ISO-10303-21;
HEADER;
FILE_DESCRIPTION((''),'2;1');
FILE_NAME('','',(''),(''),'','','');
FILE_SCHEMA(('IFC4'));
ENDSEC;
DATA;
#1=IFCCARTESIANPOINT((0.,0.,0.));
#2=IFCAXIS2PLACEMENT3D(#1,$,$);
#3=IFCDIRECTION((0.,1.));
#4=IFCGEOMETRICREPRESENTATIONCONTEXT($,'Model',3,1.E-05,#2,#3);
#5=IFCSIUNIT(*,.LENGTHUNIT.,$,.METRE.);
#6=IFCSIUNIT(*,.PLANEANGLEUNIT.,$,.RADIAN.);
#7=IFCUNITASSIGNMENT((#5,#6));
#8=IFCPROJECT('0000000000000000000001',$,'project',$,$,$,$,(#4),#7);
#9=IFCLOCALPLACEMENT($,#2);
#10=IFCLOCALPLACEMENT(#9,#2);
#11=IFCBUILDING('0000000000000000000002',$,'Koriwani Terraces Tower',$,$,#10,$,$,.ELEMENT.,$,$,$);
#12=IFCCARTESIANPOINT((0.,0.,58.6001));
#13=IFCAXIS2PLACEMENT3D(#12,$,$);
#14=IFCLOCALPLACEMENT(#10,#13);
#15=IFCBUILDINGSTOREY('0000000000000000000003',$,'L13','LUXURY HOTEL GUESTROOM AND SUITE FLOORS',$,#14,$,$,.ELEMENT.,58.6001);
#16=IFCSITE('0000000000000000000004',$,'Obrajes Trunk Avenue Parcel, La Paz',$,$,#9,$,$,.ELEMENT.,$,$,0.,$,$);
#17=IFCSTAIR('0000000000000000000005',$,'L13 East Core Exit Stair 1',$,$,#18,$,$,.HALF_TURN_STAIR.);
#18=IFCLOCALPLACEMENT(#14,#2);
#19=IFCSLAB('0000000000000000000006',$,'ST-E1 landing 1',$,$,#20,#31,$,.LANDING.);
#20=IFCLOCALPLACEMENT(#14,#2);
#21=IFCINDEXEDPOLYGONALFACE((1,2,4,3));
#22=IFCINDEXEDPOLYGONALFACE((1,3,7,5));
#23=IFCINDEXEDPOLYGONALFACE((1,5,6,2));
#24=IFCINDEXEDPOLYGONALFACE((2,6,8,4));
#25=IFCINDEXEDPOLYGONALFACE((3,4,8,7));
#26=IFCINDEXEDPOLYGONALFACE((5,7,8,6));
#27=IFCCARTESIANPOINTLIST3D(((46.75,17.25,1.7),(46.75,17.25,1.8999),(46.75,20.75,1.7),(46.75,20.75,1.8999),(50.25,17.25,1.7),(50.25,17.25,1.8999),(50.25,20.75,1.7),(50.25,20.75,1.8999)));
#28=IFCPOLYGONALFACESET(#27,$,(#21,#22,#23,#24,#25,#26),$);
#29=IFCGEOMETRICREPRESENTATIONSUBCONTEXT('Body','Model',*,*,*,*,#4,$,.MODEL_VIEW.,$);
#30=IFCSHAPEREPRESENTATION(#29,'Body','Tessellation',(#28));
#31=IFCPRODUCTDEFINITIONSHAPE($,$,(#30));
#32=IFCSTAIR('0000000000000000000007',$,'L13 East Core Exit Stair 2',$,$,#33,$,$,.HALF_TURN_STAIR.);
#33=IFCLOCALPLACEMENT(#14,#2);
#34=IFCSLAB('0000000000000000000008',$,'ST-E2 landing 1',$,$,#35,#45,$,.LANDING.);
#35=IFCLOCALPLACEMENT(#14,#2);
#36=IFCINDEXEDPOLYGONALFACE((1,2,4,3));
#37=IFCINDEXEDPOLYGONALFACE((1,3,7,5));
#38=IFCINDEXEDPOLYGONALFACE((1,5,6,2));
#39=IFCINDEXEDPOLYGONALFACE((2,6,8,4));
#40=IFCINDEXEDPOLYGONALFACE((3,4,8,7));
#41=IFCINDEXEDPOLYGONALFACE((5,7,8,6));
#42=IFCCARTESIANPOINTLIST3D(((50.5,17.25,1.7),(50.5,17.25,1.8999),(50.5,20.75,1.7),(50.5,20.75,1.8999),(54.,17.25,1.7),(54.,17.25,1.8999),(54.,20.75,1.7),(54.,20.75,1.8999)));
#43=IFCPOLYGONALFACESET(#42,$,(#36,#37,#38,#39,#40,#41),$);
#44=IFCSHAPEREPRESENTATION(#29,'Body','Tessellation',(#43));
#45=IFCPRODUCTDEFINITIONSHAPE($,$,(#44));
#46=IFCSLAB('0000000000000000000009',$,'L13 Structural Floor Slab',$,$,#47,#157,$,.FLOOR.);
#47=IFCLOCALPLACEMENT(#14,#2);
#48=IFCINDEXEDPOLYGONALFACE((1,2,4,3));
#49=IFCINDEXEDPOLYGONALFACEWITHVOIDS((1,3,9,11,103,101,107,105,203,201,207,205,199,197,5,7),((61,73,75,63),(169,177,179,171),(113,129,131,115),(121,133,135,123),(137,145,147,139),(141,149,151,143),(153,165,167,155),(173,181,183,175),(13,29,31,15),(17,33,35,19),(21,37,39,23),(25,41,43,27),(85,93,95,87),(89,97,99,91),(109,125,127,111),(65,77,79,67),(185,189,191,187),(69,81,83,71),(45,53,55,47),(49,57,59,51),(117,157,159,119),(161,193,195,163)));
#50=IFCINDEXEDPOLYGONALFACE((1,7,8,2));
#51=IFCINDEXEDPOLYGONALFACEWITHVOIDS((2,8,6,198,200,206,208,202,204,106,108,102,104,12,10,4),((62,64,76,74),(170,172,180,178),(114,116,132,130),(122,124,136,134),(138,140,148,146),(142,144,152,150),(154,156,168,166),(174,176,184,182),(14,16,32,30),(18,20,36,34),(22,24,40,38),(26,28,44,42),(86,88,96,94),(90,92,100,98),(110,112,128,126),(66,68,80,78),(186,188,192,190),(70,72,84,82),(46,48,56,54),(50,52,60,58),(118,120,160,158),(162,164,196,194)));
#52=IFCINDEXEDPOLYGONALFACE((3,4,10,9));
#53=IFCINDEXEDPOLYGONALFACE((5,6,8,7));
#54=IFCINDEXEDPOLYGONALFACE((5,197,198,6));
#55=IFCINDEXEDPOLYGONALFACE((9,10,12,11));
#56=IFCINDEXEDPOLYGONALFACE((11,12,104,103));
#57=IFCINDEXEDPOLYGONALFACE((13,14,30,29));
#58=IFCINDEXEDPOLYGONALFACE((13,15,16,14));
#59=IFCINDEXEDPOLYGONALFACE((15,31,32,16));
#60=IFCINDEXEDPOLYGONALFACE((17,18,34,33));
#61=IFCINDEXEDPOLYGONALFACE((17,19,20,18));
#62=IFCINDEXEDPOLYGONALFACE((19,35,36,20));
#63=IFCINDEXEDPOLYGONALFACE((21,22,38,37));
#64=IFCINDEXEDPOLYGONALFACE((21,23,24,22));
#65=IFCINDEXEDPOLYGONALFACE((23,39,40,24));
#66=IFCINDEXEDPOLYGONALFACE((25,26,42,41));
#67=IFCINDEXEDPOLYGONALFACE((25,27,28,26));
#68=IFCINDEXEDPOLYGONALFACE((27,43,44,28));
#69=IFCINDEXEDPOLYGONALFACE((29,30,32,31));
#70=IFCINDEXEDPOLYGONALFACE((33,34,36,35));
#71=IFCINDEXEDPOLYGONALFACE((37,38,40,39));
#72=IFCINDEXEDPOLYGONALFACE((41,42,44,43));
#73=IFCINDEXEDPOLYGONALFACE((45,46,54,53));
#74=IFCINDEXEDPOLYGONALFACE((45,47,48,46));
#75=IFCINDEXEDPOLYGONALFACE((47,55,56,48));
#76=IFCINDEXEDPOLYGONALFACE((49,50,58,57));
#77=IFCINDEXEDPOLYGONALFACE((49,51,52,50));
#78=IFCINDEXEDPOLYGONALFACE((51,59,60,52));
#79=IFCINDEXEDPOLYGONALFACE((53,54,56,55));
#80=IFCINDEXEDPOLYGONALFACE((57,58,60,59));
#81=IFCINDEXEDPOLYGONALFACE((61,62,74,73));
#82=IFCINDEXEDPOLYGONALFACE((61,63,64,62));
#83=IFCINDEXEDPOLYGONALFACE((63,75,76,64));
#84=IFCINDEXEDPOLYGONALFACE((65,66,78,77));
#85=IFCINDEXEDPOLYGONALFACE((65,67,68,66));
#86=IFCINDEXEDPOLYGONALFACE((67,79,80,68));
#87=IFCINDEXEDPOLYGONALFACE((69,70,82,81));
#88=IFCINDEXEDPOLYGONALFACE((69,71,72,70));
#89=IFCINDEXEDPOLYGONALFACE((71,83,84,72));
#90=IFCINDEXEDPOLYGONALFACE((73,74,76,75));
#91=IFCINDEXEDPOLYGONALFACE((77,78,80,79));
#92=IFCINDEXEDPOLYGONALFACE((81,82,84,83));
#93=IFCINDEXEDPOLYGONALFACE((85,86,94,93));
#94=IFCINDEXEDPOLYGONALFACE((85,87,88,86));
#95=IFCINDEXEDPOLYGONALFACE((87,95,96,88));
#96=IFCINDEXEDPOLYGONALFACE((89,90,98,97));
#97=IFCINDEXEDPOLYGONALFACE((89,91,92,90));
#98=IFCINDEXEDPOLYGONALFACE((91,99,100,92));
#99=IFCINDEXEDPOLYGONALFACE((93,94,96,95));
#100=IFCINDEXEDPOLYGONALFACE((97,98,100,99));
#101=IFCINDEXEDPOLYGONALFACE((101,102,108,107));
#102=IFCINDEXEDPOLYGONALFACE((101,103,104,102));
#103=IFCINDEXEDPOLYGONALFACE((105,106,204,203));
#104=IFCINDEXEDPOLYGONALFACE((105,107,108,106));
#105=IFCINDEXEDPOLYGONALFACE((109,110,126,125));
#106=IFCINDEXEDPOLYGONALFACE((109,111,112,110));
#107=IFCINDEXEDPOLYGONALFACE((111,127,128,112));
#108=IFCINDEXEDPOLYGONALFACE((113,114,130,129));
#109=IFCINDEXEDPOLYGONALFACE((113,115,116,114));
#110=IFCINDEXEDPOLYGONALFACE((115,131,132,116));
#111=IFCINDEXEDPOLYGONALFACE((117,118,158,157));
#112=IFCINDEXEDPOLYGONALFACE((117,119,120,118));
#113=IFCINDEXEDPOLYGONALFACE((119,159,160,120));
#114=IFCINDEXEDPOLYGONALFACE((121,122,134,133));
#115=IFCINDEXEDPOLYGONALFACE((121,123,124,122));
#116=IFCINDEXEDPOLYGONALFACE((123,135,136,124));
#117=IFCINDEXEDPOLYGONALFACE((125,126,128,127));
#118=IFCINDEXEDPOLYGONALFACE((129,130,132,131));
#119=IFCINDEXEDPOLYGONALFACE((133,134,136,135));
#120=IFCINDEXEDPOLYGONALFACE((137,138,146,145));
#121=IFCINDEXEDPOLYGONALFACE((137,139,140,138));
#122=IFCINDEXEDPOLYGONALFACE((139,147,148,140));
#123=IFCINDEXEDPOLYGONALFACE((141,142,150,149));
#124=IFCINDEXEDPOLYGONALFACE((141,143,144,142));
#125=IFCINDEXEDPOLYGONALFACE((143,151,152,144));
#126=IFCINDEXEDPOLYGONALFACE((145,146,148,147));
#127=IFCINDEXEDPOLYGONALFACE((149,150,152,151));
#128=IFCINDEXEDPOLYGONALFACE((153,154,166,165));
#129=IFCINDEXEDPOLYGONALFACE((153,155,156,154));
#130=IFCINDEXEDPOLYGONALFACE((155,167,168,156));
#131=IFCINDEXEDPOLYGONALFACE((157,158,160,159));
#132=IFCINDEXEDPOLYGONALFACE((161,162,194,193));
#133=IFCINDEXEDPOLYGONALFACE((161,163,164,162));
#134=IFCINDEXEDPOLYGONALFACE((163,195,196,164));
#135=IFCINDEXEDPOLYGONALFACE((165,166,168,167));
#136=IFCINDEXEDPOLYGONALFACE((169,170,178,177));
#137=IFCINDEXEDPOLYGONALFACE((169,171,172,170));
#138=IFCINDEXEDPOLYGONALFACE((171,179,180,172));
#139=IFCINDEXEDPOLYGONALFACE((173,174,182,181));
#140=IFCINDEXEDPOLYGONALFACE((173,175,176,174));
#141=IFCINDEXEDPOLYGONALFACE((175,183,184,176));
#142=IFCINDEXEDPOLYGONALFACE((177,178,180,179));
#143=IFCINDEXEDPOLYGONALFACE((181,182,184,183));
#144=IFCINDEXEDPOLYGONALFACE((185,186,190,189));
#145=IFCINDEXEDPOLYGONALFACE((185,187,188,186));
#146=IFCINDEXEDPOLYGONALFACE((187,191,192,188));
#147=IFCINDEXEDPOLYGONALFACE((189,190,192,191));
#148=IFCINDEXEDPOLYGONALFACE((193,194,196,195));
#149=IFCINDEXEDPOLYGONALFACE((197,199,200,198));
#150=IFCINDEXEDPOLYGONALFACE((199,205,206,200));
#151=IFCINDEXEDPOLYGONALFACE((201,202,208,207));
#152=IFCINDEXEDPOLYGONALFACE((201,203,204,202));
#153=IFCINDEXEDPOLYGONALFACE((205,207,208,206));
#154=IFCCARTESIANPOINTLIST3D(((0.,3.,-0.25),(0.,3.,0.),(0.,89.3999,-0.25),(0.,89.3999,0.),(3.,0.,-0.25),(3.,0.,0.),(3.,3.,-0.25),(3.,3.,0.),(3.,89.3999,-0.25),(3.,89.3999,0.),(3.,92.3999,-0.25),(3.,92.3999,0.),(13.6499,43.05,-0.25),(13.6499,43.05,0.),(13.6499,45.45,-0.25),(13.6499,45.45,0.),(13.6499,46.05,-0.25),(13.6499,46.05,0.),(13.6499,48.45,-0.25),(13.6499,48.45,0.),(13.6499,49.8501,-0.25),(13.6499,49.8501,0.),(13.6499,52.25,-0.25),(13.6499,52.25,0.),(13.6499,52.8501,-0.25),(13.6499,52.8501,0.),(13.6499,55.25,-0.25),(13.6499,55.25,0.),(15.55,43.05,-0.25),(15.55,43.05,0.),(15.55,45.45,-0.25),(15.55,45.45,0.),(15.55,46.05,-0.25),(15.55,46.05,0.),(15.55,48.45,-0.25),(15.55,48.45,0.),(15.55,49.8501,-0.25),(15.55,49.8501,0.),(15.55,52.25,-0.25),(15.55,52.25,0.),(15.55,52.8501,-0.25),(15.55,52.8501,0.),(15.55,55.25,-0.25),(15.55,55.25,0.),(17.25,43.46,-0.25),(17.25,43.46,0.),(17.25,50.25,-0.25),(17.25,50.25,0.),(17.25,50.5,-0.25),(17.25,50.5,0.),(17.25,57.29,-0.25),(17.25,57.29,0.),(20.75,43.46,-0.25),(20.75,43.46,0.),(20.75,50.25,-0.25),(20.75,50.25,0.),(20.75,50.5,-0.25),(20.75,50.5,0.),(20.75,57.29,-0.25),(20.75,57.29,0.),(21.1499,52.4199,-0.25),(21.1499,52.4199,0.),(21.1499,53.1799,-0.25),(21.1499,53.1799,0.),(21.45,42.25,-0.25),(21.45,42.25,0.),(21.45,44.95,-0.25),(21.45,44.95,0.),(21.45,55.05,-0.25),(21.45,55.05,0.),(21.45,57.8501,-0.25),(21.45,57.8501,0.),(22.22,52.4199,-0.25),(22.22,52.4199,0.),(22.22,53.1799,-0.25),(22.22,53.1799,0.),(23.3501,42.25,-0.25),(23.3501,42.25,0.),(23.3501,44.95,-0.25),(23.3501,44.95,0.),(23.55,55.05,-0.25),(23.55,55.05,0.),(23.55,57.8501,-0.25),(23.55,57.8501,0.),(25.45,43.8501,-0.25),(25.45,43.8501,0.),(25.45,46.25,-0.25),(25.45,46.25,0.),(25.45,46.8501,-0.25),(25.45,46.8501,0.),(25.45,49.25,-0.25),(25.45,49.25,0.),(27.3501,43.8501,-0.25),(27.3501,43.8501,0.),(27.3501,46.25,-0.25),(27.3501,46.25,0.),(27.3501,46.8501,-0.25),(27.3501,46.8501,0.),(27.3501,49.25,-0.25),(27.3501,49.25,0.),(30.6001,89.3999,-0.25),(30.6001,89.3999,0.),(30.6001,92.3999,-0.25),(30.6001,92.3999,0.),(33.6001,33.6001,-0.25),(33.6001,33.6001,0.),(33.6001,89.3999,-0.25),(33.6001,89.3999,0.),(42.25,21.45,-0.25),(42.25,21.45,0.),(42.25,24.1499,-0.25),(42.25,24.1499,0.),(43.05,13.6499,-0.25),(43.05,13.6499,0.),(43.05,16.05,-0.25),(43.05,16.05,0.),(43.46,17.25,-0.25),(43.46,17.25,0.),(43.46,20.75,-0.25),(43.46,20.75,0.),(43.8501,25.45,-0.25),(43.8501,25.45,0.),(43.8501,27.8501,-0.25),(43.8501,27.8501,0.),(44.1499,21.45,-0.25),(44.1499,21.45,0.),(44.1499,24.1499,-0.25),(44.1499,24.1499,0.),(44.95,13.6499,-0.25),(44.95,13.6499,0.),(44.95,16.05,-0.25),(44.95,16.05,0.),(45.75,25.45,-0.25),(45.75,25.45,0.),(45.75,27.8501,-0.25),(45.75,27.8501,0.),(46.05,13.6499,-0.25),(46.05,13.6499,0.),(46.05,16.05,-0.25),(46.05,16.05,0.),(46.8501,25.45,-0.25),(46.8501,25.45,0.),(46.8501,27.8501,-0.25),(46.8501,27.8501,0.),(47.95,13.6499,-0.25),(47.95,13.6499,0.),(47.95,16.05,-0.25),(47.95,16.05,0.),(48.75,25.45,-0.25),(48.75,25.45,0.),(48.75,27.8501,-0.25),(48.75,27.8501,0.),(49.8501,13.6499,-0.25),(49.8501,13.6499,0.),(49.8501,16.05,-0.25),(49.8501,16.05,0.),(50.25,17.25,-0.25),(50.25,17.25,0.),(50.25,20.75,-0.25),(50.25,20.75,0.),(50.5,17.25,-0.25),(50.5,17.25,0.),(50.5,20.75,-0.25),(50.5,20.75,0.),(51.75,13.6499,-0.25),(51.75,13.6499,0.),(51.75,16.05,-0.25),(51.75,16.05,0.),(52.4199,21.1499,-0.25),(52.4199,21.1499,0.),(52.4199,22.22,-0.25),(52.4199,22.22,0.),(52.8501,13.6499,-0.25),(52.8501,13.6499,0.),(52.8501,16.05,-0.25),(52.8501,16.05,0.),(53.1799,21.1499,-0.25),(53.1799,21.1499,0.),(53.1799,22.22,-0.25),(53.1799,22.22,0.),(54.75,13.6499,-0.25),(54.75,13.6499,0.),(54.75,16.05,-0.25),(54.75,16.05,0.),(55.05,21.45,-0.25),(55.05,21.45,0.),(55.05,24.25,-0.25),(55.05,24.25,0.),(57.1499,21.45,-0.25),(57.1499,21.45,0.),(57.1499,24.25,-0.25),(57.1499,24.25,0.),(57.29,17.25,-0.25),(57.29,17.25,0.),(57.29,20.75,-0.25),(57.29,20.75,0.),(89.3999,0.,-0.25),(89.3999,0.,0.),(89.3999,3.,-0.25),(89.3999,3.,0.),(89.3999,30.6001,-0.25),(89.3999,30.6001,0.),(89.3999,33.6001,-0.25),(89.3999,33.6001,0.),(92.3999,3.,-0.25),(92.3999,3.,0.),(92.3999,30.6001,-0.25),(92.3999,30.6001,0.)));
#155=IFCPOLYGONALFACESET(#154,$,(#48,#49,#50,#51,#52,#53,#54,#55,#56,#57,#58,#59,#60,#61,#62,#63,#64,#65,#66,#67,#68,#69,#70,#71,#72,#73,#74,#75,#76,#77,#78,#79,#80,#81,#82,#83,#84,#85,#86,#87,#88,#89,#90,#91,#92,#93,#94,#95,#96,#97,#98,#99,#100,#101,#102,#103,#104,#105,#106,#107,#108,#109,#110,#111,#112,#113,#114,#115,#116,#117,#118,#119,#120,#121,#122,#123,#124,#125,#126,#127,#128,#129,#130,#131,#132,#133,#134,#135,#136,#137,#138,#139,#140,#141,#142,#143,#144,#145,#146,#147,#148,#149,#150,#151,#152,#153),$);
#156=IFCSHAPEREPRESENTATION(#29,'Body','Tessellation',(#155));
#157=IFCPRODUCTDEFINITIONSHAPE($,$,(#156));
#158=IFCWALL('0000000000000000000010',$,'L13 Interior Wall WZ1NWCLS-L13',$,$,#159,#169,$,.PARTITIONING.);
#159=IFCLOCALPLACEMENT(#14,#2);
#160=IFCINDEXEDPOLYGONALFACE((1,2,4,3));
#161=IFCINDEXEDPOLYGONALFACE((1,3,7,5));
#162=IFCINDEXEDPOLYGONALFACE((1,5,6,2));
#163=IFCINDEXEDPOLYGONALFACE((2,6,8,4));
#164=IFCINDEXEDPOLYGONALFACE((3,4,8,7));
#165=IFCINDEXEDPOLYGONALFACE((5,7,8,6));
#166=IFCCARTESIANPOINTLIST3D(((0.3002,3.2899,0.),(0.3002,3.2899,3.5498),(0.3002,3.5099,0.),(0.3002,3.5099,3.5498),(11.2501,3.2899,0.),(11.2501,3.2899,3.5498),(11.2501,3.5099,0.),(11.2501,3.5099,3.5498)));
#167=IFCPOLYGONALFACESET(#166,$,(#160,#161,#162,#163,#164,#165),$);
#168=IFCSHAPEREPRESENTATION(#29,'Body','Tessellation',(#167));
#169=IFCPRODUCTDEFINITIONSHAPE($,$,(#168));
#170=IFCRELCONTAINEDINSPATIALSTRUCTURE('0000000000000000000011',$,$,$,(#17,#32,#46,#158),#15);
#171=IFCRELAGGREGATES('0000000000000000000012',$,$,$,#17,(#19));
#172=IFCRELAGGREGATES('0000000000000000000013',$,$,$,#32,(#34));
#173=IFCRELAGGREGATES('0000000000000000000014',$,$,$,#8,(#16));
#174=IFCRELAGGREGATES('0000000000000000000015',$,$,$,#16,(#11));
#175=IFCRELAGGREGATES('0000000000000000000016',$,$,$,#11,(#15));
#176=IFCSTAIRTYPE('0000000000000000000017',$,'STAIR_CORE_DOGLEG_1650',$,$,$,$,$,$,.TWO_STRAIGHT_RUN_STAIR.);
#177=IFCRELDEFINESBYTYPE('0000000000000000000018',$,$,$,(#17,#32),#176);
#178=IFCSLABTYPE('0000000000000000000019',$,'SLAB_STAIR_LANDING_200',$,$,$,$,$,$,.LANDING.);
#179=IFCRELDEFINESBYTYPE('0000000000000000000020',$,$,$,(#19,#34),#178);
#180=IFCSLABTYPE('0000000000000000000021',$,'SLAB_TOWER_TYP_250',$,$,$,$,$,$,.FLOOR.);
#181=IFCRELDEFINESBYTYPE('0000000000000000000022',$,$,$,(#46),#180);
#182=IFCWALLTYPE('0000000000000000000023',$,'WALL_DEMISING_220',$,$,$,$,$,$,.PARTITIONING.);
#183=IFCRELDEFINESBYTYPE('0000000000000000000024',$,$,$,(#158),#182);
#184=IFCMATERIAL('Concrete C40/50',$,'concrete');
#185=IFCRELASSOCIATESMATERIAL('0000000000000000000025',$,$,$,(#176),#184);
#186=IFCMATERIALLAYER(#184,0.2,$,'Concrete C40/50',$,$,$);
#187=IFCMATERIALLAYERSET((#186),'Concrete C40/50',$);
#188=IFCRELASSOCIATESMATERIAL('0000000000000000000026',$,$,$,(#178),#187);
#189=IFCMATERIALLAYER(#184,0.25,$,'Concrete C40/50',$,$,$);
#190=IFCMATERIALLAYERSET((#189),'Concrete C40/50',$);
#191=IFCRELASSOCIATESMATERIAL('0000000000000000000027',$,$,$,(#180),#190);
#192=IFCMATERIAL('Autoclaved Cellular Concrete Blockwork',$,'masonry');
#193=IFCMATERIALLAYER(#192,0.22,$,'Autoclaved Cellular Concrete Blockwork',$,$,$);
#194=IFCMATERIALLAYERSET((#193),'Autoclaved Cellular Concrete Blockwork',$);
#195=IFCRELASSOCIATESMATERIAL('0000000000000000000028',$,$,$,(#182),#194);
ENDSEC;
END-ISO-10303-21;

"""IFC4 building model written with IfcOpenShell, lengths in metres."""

from ifc_helpers import new_model, si_unit, direction, frame, frame_2d, origin, place, context, subcontext, project, spatial, polyline, rectangle, outline, extrude, material, layer, layer_set, type_object, element, aggregate, save


model = new_model("IFC4")

# Units and contexts
model_context = context("Model", 3, precision=1e-05, world=origin(), true_north=direction((0.0, 1.0)))
body_context = subcontext(model_context, "Body", "Model", "MODEL_VIEW")
ifc_project = project(units=[si_unit("LENGTHUNIT", "METRE"), si_unit("PLANEANGLEUNIT", "RADIAN")], contexts=[model_context])

# Site, building, storey
site_placement = place(None, origin())
site = spatial("IfcSite", under=ifc_project, at=site_placement, Name="Obrajes Trunk Avenue Parcel, La Paz", CompositionType="ELEMENT", RefElevation=0.0)
building_placement = place(site_placement, origin())
building = spatial("IfcBuilding", under=site, at=building_placement, Name="Koriwani Terraces Tower", CompositionType="ELEMENT")
storey_placement = place(building_placement, frame((0.0, 0.0, 58.6001)))
storey = spatial("IfcBuildingStorey", under=building, at=storey_placement, Name="L13", Description="LUXURY HOTEL GUESTROOM AND SUITE FLOORS", CompositionType="ELEMENT", Elevation=58.6001)

# Shared definitions
ifc_material_1 = material(Name="Concrete C40/50", Category="concrete")

# Stairs, slabs
stair_type = type_object("IfcStairType", Name="STAIR_CORE_DOGLEG_1650", PredefinedType="TWO_STRAIGHT_RUN_STAIR", material=ifc_material_1)
ifc_layer_1 = layer(ifc_material_1, 0.2, Name="Concrete C40/50")
ifc_layer_set_1 = layer_set([ifc_layer_1], Name="Concrete C40/50")
slab_type_1 = type_object("IfcSlabType", Name="SLAB_STAIR_LANDING_200", PredefinedType="LANDING", material=ifc_layer_set_1)
stair_1_placement = place(storey_placement, origin())
stair_1 = element("IfcStair", 1, at=stair_1_placement, inside=storey, type_object=stair_type, Name="L13 East Core Exit Stair 1", PredefinedType="HALF_TURN_STAIR")
slab_1_placement = place(storey_placement, frame((0.0, 0.0, 1.7)))
slab_1 = element("IfcSlab", 2, at=slab_1_placement, type_object=slab_type_1, Name="ST-E1 landing 1", PredefinedType="LANDING", context=body_context, shape_type="SweptSolid", body=[
    extrude(outline(polyline([(46.75, 17.25), (50.25, 17.25), (50.25, 20.75), (46.75, 20.75), (46.75, 17.25)])), origin(), (0.0, 0.0, 1.0), 0.2),
])
aggregate(stair_1, [slab_1])
stair_2_placement = place(storey_placement, origin())
stair_2 = element("IfcStair", 3, at=stair_2_placement, inside=storey, type_object=stair_type, Name="L13 East Core Exit Stair 2", PredefinedType="HALF_TURN_STAIR")
slab_2_placement = place(storey_placement, frame((0.0, 0.0, 1.7)))
slab_2 = element("IfcSlab", 4, at=slab_2_placement, type_object=slab_type_1, Name="ST-E2 landing 1", PredefinedType="LANDING", context=body_context, shape_type="SweptSolid", body=[
    extrude(outline(polyline([(54.0, 20.75), (50.5, 20.75), (50.5, 17.25), (54.0, 17.25), (54.0, 20.75)])), origin(), (0.0, 0.0, 1.0), 0.2),
])
aggregate(stair_2, [slab_2])

# Slab
ifc_layer_2 = layer(ifc_material_1, 0.25, Name="Concrete C40/50")
ifc_layer_set_2 = layer_set([ifc_layer_2], Name="Concrete C40/50")
slab_type_2 = type_object("IfcSlabType", Name="SLAB_TOWER_TYP_250", PredefinedType="FLOOR", material=ifc_layer_set_2)
slab_3_placement = place(storey_placement, frame((0.0, 0.0, -0.25)))
element("IfcSlab", 5, at=slab_3_placement, inside=storey, type_object=slab_type_2, Name="L13 Structural Floor Slab", PredefinedType="FLOOR", context=body_context, shape_type="SweptSolid", body=[
    extrude(outline(polyline([(3.0, 0.0), (89.3999, 0.0), (89.3999, 3.0), (92.3999, 3.0), (92.3999, 30.6001), (89.3999, 30.6001), (89.3999, 33.6001), (33.6001, 33.6001), (33.6001, 89.3999), (30.6001, 89.3999), (30.6001, 92.3999), (3.0, 92.3999), (3.0, 89.3999), (0.0, 89.3999), (0.0, 3.0), (3.0, 3.0), (3.0, 0.0)]), holes=[polyline([(17.25, 43.46), (20.75, 43.46), (20.75, 50.25), (17.25, 50.25), (17.25, 43.46)]), polyline([(17.25, 50.5), (20.75, 50.5), (20.75, 57.29), (17.25, 57.29), (17.25, 50.5)]), polyline([(43.46, 17.25), (50.25, 17.25), (50.25, 20.75), (43.46, 20.75), (43.46, 17.25)]), polyline([(50.5, 17.25), (57.29, 17.25), (57.29, 20.75), (50.5, 20.75), (50.5, 17.25)]), polyline([(13.6499, 43.05), (15.55, 43.05), (15.55, 45.45), (13.6499, 45.45), (13.6499, 43.05)]), polyline([(13.6499, 46.05), (15.55, 46.05), (15.55, 48.45), (13.6499, 48.45), (13.6499, 46.05)]), polyline([(43.05, 13.6499), (44.95, 13.6499), (44.95, 16.05), (43.05, 16.05), (43.05, 13.6499)]), polyline([(46.05, 13.6499), (47.95, 13.6499), (47.95, 16.05), (46.05, 16.05), (46.05, 13.6499)]), polyline([(13.6499, 49.8501), (15.55, 49.8501), (15.55, 52.25), (13.6499, 52.25), (13.6499, 49.8501)]), polyline([(13.6499, 52.8501), (15.55, 52.8501), (15.55, 55.25), (13.6499, 55.25), (13.6499, 52.8501)]), polyline([(49.8501, 13.6499), (51.75, 13.6499), (51.75, 16.05), (49.8501, 16.05), (49.8501, 13.6499)]), polyline([(52.8501, 13.6499), (54.75, 13.6499), (54.75, 16.05), (52.8501, 16.05), (52.8501, 13.6499)]), polyline([(25.45, 43.8501), (27.3501, 43.8501), (27.3501, 46.25), (25.45, 46.25), (25.45, 43.8501)]), polyline([(25.45, 46.8501), (27.3501, 46.8501), (27.3501, 49.25), (25.45, 49.25), (25.45, 46.8501)]), polyline([(43.8501, 25.45), (45.75, 25.45), (45.75, 27.8501), (43.8501, 27.8501), (43.8501, 25.45)]), polyline([(46.8501, 25.45), (48.75, 25.45), (48.75, 27.8501), (46.8501, 27.8501), (46.8501, 25.45)]), polyline([(21.45, 55.05), (23.55, 55.05), (23.55, 57.8501), (21.45, 57.8501), (21.45, 55.05)]), polyline([(55.05, 21.45), (57.1499, 21.45), (57.1499, 24.25), (55.05, 24.25), (55.05, 21.45)]), polyline([(21.45, 42.25), (23.3501, 42.25), (23.3501, 44.95), (21.45, 44.95), (21.45, 42.25)]), polyline([(42.25, 21.45), (44.1499, 21.45), (44.1499, 24.1499), (42.25, 24.1499), (42.25, 21.45)]), polyline([(21.1499, 52.4199), (22.22, 52.4199), (22.22, 53.1799), (21.1499, 53.1799), (21.1499, 52.4199)]), polyline([(52.4199, 21.1499), (53.1799, 21.1499), (53.1799, 22.22), (52.4199, 22.22), (52.4199, 21.1499)])]), origin(), (0.0, 0.0, 1.0), 0.25),
])

# Wall
ifc_material_2 = material(Name="Autoclaved Cellular Concrete Blockwork", Category="masonry")
ifc_layer_3 = layer(ifc_material_2, 0.22, Name="Autoclaved Cellular Concrete Blockwork")
ifc_layer_set_3 = layer_set([ifc_layer_3], Name="Autoclaved Cellular Concrete Blockwork")
wall_type_1 = type_object("IfcWallType", Name="WALL_DEMISING_220", PredefinedType="PARTITIONING", material=ifc_layer_set_3)
wall_1_placement = place(storey_placement, frame((0.3, 3.3999, 0.0), z_axis=(0.0, 0.0, 1.0), x_axis=(1.0, 0.0, 0.0)))
element("IfcWall", 6, at=wall_1_placement, inside=storey, type_object=wall_type_1, Name="L13 Interior Wall WZ1NWCLS-L13", PredefinedType="PARTITIONING", context=body_context, shape_type="SweptSolid", body=[
    extrude(rectangle(XDim=10.95, YDim=0.22, at=frame_2d((5.4751, 0.0))), origin(), (0.0, 0.0, 1.0), 3.5498),
])

save(model, "model.ifc")
